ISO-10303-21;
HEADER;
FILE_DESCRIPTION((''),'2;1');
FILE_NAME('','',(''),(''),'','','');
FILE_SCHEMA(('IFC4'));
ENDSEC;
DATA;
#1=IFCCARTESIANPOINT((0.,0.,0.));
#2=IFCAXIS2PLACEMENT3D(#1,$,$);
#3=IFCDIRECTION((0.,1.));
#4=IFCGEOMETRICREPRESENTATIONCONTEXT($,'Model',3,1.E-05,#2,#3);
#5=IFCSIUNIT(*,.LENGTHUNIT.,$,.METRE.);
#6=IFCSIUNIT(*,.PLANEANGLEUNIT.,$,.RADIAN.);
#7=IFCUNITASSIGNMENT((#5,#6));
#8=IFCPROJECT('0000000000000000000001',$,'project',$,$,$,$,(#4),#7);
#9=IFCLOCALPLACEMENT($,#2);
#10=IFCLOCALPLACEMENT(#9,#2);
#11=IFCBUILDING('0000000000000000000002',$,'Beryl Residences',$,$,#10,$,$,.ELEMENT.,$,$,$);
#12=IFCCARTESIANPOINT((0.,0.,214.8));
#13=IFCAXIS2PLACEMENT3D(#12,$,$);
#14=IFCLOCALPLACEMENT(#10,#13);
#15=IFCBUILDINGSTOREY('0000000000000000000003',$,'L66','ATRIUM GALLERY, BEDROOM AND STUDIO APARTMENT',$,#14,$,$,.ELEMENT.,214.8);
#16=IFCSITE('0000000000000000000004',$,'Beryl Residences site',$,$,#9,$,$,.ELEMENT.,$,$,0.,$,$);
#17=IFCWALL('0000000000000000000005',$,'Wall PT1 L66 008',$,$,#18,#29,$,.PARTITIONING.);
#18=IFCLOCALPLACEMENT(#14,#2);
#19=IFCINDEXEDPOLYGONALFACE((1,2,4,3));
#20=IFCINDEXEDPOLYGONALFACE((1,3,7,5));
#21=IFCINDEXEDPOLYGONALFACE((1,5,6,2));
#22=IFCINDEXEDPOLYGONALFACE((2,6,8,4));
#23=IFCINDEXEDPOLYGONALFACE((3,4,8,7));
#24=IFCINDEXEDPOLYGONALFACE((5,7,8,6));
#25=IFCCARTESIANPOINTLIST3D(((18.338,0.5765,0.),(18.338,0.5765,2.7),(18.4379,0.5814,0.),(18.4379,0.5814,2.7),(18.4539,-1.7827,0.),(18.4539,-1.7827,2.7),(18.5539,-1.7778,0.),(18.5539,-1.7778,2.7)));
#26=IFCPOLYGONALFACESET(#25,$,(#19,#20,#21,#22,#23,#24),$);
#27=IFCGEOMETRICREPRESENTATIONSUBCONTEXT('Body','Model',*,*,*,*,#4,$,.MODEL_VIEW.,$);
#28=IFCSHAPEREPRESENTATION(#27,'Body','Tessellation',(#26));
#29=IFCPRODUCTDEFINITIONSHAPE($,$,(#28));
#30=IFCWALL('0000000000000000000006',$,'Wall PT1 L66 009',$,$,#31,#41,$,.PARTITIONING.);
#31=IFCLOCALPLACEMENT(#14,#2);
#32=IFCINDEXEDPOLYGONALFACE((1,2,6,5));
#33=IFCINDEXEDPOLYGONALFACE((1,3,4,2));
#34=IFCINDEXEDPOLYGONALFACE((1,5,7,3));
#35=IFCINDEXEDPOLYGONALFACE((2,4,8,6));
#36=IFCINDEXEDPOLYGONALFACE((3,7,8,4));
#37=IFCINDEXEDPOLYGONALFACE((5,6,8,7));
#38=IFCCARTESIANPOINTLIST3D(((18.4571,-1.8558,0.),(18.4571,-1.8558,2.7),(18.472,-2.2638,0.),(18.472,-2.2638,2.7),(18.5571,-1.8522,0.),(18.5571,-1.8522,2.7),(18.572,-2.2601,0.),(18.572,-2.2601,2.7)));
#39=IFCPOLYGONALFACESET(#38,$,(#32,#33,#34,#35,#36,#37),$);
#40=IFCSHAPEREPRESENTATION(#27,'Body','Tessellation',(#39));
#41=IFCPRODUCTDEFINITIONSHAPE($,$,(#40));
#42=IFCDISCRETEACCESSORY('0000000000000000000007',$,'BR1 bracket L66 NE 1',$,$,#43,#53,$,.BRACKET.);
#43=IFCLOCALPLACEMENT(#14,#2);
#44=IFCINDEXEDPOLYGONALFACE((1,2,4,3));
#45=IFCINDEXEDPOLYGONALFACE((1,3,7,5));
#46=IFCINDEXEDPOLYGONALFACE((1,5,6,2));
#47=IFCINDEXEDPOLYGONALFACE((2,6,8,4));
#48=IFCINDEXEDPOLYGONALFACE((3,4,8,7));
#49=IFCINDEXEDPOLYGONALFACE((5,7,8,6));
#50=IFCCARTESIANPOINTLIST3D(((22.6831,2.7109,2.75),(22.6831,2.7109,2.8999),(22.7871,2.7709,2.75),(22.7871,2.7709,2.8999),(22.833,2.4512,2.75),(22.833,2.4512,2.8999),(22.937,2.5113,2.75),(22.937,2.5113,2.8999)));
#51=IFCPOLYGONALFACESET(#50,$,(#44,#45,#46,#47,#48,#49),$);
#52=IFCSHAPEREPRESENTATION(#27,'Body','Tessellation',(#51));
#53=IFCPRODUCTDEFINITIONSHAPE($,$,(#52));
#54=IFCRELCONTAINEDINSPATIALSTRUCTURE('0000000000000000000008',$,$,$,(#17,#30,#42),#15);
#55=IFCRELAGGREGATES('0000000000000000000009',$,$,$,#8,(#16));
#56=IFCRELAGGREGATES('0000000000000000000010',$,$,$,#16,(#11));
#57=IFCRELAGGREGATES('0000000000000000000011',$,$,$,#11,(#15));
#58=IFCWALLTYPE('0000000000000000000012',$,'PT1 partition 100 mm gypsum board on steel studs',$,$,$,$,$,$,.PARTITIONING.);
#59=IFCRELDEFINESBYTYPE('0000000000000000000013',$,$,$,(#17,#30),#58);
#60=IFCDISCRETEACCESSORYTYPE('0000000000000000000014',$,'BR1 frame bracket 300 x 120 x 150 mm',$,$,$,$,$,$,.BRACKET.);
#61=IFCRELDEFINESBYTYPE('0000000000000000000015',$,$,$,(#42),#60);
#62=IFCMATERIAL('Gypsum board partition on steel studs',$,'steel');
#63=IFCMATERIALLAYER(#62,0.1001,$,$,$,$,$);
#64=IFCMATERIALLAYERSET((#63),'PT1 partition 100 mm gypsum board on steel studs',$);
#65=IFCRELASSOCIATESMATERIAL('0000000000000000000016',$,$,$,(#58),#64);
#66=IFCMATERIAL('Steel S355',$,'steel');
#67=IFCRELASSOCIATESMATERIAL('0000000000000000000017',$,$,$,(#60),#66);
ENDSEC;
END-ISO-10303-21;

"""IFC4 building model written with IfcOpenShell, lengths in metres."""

from ifc_helpers import new_model, si_unit, direction, frame, frame_2d, origin, place, context, subcontext, project, spatial, polyline, rectangle, outline, extrude, source, transform, mapped, material, layer, layer_set, type_object, type_shapes, element, save


model = new_model("IFC4")

# Units and contexts
model_context = context("Model", 3, precision=1e-05, world=origin(), true_north=direction((0.0, 1.0)))
body_context = subcontext(model_context, "Body", "Model", "MODEL_VIEW")
ifc_project = project(units=[si_unit("LENGTHUNIT", "METRE"), si_unit("PLANEANGLEUNIT", "RADIAN")], contexts=[model_context])

# Site, building, storey
site_placement = place(None, origin())
site = spatial("IfcSite", under=ifc_project, at=site_placement, Name="Beryl Residences site", CompositionType="ELEMENT", RefElevation=0.0)
building_placement = place(site_placement, origin())
building = spatial("IfcBuilding", under=site, at=building_placement, Name="Beryl Residences", CompositionType="ELEMENT")
storey_placement = place(building_placement, frame((0.0, 0.0, 214.8)))
storey = spatial("IfcBuildingStorey", under=building, at=storey_placement, Name="L66", Description="ATRIUM GALLERY, BEDROOM AND STUDIO APARTMENT", CompositionType="ELEMENT", Elevation=214.8)

# Walls
ifc_material_1 = material(Name="Gypsum board partition on steel studs", Category="steel")
ifc_layer_1 = layer(ifc_material_1, 0.1001)
ifc_layer_set_1 = layer_set([ifc_layer_1], Name="PT1 partition 100 mm gypsum board on steel studs")
wall_type_1 = type_object("IfcWallType", Name="PT1 partition 100 mm gypsum board on steel studs", PredefinedType="PARTITIONING", material=ifc_layer_set_1)
wall_1_placement = place(storey_placement, frame((18.3879, 0.5791, 0.0), z_axis=(0.0, 0.0, 1.0), x_axis=(0.049097, -0.998794, 0.0)))
element("IfcWall", 1, at=wall_1_placement, inside=storey, type_object=wall_type_1, Name="Wall PT1 L66 008", PredefinedType="PARTITIONING", context=body_context, shape_type="SweptSolid", body=[
    extrude(rectangle(XDim=2.3621, YDim=0.1001, at=frame_2d((1.1812, 0.0))), origin(), (0.0, 0.0, 1.0), 2.7),
])
wall_2_placement = place(storey_placement, frame((18.5071, -1.854, 0.0), z_axis=(0.0, 0.0, 1.0), x_axis=(0.036481, -0.999334, 0.0)))
element("IfcWall", 2, at=wall_2_placement, inside=storey, type_object=wall_type_1, Name="Wall PT1 L66 009", PredefinedType="PARTITIONING", context=body_context, shape_type="SweptSolid", body=[
    extrude(rectangle(XDim=0.4082, YDim=0.1001, at=frame_2d((0.2041, 0.0))), origin(), (0.0, 0.0, 1.0), 2.7),
])

# Discrete accessory
ifc_material_2 = material(Name="Steel S355", Category="steel")
discrete_accessory_type = type_object("IfcDiscreteAccessoryType", Name="BR1 frame bracket 300 x 120 x 150 mm", PredefinedType="BRACKET", material=ifc_material_2)
shared_shape_1 = source(origin(), body_context, "Body", "SweptSolid", [
    extrude(outline(polyline([(-0.1499, 0.0), (0.1499, 0.0), (0.1499, 0.1201), (-0.1499, 0.1201), (-0.1499, 0.0)])), origin(), (0.0, 0.0, 1.0), 0.1499),
])
type_shapes(discrete_accessory_type, [shared_shape_1])
discrete_accessory_placement = place(storey_placement, frame((22.7581, 2.5811, 2.75), z_axis=(0.0, 0.0, 1.0), x_axis=(0.5, -0.866025, 0.0)))
element("IfcDiscreteAccessory", 3, at=discrete_accessory_placement, inside=storey, type_object=discrete_accessory_type, Name="BR1 bracket L66 NE 1", PredefinedType="BRACKET", context=body_context, shape_type="MappedRepresentation", body=[
    mapped(shared_shape_1, transform((0.0, 0.0, 0.0))),
])

save(model, "model.ifc")
